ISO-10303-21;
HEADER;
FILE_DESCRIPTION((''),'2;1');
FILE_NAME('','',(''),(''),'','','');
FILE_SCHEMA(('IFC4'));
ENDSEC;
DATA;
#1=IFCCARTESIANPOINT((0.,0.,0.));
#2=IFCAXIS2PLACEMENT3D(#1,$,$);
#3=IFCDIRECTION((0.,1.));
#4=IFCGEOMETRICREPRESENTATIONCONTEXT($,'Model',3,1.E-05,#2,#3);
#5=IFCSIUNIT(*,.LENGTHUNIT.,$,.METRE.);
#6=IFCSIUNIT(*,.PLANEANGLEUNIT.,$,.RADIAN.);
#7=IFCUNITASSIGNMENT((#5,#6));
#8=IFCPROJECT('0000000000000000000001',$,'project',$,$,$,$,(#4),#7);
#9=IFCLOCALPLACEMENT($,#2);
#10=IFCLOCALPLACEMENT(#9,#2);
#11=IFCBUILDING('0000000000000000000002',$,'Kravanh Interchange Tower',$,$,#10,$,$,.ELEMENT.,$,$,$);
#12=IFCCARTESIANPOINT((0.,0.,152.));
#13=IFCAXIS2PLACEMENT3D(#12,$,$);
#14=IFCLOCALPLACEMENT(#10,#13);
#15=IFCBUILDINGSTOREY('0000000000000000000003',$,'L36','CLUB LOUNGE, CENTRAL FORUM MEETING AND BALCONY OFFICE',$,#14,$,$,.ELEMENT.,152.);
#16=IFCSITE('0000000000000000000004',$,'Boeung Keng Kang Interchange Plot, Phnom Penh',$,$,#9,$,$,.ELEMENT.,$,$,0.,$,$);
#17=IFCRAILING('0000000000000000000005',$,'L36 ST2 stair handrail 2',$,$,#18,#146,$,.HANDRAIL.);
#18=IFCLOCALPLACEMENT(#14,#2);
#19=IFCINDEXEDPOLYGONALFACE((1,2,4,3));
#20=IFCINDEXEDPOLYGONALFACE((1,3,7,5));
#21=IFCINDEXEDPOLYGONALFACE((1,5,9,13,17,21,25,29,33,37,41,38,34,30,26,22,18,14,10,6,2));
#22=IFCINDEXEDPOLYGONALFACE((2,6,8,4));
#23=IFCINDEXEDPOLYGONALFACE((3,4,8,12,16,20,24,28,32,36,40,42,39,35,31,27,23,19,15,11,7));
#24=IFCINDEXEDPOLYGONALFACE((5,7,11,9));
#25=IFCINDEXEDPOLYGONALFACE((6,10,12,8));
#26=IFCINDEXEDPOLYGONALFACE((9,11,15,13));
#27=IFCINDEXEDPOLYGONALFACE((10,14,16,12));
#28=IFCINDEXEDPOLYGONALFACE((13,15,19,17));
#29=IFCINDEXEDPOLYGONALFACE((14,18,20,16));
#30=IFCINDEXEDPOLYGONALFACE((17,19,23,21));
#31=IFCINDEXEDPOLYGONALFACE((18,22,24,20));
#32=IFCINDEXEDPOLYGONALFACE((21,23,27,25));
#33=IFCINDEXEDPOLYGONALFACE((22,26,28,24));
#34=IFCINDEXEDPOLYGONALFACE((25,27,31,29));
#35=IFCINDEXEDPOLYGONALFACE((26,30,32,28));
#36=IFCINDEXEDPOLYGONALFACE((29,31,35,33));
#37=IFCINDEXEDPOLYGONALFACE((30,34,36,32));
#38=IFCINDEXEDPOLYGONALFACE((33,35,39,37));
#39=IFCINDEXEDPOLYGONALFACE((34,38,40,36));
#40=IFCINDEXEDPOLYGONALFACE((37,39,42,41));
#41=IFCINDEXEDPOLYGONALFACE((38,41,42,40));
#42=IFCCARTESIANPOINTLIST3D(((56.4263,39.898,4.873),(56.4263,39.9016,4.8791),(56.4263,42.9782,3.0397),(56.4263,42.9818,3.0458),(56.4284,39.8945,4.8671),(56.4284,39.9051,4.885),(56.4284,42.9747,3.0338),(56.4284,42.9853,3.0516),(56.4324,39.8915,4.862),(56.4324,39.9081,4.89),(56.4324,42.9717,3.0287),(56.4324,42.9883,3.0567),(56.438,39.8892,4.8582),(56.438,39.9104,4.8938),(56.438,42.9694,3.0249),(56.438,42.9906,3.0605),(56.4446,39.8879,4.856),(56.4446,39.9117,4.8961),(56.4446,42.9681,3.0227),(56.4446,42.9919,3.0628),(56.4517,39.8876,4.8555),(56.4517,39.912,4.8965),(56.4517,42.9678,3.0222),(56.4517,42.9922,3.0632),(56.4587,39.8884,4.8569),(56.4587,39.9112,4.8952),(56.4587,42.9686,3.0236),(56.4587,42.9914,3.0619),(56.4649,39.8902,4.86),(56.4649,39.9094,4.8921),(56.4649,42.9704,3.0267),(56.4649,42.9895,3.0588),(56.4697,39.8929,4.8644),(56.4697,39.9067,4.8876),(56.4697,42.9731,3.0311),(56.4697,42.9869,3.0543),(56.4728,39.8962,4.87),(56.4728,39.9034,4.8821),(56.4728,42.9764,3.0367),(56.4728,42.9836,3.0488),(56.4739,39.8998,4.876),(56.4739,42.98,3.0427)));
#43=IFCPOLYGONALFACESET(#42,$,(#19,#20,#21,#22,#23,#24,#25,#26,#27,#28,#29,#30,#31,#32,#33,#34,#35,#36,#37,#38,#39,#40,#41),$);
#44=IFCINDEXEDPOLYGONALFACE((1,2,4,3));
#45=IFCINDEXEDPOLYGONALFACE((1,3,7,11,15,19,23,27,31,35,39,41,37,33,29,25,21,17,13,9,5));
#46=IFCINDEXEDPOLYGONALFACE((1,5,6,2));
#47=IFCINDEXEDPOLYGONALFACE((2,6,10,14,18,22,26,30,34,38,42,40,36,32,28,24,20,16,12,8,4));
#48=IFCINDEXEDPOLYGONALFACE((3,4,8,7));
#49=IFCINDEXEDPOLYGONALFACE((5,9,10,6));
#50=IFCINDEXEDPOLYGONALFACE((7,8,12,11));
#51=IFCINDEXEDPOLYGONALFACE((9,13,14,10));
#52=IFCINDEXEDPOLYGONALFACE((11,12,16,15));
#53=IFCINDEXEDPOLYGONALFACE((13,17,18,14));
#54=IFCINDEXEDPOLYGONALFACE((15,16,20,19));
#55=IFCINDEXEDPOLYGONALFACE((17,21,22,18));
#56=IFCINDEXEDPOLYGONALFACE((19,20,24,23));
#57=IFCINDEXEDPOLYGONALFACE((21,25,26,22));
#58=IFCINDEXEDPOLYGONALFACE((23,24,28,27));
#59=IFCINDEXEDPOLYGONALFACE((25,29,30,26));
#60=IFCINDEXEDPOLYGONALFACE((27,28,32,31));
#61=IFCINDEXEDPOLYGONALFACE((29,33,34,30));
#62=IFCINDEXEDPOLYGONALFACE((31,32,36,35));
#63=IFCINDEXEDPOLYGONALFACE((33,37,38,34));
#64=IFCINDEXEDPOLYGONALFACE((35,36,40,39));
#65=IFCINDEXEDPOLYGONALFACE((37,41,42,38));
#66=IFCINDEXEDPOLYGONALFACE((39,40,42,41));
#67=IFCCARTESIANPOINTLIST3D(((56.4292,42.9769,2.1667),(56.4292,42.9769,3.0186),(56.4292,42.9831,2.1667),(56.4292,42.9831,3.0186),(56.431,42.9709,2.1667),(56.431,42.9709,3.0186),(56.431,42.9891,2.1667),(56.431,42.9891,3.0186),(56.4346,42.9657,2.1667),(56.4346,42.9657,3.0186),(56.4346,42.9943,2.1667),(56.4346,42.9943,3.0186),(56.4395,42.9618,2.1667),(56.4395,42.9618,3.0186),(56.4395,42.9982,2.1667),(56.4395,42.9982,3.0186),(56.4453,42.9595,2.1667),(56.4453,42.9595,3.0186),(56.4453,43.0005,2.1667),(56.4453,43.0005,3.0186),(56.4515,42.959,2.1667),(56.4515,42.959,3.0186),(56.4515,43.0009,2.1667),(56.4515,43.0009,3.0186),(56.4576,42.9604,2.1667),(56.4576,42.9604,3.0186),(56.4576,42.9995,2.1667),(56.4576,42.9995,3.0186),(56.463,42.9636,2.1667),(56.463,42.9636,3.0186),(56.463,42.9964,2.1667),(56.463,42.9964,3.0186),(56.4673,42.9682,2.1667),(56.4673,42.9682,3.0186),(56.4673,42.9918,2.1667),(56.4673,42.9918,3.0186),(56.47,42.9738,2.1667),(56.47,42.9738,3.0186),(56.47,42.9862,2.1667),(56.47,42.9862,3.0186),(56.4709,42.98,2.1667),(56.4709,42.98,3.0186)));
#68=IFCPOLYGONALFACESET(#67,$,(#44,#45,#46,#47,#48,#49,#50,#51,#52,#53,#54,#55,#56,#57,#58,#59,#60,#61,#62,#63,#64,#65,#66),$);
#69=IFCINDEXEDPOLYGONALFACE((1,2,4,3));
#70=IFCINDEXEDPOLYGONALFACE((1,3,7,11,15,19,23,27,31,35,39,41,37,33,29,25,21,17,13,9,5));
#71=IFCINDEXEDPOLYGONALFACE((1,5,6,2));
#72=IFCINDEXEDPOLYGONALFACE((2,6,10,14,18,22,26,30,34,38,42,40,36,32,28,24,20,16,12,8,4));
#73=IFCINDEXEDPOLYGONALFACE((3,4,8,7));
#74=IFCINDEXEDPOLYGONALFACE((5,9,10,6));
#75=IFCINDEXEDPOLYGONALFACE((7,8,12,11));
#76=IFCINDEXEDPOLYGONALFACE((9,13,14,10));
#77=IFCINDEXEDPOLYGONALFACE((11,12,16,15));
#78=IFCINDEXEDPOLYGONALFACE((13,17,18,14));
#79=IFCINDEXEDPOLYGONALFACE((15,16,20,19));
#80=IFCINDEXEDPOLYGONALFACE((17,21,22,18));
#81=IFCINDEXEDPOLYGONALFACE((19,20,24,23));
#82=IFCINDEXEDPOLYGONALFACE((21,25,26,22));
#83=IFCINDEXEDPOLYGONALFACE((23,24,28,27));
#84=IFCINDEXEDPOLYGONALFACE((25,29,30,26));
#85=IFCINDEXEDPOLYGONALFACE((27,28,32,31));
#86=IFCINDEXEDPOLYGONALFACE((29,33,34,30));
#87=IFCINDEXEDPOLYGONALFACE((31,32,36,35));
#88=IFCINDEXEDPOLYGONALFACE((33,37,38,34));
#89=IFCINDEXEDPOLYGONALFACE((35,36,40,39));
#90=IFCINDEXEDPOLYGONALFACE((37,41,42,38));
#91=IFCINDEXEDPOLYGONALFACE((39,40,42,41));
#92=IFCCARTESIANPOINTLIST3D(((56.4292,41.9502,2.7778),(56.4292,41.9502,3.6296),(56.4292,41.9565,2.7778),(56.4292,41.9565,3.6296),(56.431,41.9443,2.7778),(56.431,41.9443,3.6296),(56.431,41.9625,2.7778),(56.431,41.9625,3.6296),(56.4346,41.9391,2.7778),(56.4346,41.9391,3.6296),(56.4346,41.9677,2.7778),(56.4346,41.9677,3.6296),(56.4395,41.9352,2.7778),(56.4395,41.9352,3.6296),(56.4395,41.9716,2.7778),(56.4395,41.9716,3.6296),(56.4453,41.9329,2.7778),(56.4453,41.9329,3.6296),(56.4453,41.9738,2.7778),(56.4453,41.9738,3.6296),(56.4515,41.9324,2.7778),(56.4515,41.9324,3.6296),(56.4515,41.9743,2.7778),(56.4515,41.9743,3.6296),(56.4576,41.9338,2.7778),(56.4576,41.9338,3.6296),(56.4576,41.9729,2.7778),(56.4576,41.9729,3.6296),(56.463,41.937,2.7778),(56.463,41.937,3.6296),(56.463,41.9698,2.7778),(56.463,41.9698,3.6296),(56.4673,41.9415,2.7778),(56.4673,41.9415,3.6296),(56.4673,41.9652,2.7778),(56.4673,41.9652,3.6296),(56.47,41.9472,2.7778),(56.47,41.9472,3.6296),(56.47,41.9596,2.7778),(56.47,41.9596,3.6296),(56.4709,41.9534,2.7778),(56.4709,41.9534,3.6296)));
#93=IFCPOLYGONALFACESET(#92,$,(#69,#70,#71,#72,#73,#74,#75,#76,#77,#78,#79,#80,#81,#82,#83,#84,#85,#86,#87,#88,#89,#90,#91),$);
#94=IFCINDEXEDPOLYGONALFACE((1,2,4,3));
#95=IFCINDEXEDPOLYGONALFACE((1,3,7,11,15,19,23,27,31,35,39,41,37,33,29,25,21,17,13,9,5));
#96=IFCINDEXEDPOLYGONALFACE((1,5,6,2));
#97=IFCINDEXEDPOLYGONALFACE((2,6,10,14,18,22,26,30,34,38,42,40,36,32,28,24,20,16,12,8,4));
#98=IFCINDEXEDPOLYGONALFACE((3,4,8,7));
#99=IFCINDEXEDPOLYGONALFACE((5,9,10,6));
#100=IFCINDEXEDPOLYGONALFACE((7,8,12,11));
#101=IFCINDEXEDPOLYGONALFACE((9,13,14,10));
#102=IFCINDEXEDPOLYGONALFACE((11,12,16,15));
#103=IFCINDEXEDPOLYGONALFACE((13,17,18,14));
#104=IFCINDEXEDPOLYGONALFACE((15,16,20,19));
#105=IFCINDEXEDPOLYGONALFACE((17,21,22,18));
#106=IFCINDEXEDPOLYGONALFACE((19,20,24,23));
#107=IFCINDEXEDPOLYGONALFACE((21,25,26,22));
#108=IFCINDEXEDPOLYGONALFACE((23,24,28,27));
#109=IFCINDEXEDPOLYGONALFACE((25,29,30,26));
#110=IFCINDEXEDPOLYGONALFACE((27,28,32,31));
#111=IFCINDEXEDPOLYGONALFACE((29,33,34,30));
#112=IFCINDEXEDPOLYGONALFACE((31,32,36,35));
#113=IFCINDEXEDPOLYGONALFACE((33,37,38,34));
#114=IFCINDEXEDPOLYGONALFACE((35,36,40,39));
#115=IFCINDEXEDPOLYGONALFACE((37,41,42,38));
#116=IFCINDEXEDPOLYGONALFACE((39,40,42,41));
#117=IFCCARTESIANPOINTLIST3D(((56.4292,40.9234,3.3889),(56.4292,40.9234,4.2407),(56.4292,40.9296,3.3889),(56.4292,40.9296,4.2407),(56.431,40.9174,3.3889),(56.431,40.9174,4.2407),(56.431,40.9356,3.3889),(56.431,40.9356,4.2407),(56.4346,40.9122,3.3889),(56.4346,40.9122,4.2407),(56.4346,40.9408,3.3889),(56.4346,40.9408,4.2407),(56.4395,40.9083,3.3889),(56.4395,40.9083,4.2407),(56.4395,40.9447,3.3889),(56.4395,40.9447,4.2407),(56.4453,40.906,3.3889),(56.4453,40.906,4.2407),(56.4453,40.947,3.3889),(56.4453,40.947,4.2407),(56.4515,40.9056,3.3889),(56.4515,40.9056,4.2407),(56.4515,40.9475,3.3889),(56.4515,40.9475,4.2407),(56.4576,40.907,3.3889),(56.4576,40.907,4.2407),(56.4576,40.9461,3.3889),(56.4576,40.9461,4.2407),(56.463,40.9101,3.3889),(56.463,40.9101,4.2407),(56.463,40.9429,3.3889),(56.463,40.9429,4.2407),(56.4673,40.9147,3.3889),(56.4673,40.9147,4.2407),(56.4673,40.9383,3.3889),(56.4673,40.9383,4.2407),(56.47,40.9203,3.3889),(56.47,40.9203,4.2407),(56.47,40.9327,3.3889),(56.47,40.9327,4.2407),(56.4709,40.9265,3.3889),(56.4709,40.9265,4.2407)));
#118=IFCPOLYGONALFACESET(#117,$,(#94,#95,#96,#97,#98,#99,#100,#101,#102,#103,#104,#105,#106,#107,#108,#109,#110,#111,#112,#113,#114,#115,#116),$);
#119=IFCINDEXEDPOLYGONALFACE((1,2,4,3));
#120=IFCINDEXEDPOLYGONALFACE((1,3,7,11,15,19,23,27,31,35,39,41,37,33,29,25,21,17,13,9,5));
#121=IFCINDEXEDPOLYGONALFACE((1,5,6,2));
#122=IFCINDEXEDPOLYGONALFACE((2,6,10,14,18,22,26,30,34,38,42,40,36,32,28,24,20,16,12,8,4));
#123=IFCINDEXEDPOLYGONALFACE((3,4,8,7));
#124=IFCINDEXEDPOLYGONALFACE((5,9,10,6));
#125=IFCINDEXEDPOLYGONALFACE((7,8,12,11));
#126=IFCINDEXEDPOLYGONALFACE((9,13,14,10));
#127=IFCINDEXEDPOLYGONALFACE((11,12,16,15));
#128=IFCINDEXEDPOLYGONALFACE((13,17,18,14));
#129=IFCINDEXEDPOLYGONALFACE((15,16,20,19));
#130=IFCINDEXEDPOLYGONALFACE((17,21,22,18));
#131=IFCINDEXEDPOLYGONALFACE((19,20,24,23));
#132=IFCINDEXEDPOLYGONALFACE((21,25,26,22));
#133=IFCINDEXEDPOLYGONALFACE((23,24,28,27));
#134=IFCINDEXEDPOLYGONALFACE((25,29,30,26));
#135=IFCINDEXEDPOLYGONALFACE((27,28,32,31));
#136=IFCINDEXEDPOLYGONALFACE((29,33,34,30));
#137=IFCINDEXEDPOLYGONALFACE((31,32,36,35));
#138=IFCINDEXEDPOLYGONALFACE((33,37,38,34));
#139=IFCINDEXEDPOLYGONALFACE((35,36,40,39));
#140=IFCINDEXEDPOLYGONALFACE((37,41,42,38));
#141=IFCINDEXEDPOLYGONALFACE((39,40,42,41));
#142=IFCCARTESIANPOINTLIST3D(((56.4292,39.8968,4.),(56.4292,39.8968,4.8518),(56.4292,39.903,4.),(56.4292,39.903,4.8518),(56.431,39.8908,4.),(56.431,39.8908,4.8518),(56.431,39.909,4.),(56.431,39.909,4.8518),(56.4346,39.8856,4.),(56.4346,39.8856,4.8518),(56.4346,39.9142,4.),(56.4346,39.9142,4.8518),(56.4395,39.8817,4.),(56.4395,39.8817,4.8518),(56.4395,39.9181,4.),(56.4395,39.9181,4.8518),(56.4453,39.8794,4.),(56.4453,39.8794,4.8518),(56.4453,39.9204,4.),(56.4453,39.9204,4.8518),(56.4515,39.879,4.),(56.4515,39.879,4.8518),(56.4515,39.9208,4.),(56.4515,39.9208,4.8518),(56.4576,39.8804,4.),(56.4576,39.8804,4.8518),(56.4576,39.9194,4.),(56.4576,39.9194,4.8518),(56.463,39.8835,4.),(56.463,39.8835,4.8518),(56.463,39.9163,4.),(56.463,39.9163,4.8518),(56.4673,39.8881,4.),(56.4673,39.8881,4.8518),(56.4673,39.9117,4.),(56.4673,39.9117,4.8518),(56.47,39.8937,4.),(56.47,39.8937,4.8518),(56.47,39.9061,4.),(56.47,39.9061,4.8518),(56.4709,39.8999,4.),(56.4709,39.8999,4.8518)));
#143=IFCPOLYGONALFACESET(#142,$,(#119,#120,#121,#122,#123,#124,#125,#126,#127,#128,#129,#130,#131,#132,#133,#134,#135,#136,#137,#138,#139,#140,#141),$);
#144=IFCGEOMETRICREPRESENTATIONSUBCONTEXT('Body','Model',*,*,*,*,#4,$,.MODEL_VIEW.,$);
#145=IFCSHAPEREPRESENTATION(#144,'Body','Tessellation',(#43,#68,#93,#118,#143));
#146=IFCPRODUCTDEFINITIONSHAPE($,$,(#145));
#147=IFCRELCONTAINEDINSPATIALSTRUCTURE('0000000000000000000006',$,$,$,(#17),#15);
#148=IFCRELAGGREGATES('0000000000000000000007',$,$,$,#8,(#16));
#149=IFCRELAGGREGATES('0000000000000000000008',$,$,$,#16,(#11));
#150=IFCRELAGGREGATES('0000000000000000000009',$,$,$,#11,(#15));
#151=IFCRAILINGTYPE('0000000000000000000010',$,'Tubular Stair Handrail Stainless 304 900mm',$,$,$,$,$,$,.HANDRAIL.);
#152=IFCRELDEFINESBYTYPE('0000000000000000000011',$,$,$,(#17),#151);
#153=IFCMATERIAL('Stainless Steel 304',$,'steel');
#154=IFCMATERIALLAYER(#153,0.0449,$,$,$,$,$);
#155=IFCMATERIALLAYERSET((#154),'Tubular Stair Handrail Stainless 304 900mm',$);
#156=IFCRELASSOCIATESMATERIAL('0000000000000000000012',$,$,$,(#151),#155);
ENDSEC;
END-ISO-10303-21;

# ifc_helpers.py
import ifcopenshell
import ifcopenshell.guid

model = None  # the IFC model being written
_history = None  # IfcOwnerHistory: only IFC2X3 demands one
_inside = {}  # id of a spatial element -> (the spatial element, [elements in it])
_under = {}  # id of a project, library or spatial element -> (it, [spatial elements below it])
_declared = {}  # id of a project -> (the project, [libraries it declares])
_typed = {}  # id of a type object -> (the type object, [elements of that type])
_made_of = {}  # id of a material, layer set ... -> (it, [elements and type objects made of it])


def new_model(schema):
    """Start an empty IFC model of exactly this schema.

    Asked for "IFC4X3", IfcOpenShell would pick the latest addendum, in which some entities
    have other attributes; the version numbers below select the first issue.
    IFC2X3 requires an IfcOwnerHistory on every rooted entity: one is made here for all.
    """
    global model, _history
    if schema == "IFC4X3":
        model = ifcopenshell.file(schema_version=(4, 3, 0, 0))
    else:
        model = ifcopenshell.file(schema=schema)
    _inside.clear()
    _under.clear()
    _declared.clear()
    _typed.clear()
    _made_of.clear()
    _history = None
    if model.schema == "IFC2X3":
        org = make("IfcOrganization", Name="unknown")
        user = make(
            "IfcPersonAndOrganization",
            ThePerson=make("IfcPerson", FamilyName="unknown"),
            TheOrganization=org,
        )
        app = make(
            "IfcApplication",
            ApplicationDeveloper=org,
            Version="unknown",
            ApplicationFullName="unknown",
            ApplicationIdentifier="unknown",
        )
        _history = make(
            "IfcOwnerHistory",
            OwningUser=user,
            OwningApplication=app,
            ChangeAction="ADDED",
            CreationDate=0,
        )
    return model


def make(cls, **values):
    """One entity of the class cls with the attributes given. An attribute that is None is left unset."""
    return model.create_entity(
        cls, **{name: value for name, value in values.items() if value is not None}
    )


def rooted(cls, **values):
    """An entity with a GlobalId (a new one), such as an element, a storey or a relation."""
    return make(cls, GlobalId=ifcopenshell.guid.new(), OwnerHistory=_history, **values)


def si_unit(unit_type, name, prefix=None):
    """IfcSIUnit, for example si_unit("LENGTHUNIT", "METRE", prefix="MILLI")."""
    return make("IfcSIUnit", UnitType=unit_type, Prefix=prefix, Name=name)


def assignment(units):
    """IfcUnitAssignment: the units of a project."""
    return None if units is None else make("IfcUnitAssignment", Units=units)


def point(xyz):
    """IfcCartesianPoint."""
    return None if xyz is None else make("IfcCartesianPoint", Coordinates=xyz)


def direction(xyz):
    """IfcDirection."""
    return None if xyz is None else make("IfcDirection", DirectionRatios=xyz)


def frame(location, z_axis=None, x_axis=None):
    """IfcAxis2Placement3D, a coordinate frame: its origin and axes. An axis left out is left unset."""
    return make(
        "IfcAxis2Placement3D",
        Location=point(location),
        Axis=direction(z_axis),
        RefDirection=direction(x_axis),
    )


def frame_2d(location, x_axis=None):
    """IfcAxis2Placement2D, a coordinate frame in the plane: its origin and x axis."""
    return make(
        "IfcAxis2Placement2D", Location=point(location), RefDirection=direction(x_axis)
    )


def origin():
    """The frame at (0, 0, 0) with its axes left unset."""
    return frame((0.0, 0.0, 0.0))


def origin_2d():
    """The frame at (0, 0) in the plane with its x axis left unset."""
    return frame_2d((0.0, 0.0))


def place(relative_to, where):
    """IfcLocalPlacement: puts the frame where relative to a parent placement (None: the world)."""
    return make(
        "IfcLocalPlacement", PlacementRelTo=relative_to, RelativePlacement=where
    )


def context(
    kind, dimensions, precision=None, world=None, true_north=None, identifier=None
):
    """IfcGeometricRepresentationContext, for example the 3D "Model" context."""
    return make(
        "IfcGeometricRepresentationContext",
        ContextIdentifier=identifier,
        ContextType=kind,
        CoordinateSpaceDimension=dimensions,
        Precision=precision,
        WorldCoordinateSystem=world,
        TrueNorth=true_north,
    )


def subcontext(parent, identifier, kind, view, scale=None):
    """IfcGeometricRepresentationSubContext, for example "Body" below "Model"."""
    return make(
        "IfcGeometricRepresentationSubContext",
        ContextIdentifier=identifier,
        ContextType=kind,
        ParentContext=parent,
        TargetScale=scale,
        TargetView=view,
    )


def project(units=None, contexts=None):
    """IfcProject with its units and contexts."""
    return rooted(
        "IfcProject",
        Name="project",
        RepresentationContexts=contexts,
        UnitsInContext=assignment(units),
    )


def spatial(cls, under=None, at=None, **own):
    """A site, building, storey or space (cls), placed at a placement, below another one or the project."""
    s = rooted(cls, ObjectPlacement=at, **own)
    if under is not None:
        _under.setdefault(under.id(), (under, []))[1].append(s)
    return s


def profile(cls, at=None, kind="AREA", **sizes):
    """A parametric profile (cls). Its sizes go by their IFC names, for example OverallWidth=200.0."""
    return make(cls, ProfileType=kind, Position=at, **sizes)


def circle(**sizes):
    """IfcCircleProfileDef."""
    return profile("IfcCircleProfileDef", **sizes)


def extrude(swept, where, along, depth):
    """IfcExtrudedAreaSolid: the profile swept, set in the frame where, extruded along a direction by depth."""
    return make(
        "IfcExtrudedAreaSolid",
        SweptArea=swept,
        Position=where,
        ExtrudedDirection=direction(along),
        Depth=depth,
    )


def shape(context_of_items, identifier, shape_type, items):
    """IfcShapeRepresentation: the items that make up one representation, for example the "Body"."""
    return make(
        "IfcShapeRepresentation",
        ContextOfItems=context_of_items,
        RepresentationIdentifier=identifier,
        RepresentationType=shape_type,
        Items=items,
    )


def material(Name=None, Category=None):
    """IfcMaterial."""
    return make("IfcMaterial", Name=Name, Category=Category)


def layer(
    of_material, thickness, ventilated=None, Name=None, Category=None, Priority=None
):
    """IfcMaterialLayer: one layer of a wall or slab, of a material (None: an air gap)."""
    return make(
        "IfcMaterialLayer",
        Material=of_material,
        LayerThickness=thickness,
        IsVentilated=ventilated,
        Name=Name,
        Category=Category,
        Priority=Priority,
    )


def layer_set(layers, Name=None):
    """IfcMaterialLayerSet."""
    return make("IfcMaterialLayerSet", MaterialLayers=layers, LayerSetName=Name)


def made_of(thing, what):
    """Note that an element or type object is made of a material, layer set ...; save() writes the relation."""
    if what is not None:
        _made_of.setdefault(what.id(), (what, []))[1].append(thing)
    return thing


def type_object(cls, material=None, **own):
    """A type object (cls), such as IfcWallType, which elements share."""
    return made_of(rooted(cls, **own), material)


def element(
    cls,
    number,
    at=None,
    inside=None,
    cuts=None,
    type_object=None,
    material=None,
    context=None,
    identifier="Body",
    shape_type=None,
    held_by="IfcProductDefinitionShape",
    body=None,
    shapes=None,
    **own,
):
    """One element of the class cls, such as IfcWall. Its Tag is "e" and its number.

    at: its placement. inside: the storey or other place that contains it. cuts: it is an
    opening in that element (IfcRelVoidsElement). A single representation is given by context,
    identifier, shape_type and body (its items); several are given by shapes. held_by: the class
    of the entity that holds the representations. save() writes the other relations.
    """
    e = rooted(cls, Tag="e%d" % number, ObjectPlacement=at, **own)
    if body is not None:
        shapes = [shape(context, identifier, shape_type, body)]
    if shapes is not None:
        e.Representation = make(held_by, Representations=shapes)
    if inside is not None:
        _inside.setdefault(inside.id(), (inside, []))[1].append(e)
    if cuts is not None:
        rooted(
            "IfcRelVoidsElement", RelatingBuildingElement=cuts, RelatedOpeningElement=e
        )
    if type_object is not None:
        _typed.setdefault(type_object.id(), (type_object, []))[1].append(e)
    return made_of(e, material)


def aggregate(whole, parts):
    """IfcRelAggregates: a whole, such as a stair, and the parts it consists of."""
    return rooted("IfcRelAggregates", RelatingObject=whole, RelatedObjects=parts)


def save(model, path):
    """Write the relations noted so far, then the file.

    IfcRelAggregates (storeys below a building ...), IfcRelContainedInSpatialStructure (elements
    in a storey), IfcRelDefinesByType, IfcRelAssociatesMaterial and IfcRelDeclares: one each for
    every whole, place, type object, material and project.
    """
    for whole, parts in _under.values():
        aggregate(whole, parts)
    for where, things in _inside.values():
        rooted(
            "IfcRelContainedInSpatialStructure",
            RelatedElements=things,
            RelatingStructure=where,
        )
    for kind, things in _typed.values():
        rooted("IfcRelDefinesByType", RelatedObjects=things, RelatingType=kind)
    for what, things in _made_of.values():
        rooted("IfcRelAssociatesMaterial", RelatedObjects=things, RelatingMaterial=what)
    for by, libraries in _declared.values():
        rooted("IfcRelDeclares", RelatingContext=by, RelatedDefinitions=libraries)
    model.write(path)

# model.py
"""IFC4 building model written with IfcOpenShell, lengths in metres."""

from ifc_helpers import new_model, si_unit, direction, frame, origin, origin_2d, place, context, subcontext, project, spatial, circle, extrude, material, layer, layer_set, type_object, element, save


model = new_model("IFC4")

# Units and contexts
model_context = context("Model", 3, precision=1e-05, world=origin(), true_north=direction((0.0, 1.0)))
body_context = subcontext(model_context, "Body", "Model", "MODEL_VIEW")
ifc_project = project(units=[si_unit("LENGTHUNIT", "METRE"), si_unit("PLANEANGLEUNIT", "RADIAN")], contexts=[model_context])

# Site, building, storey
site_placement = place(None, origin())
site = spatial("IfcSite", under=ifc_project, at=site_placement, Name="Boeung Keng Kang Interchange Plot, Phnom Penh", CompositionType="ELEMENT", RefElevation=0.0)
building_placement = place(site_placement, origin())
building = spatial("IfcBuilding", under=site, at=building_placement, Name="Kravanh Interchange Tower", CompositionType="ELEMENT")
storey_placement = place(building_placement, frame((0.0, 0.0, 152.0)))
storey = spatial("IfcBuildingStorey", under=building, at=storey_placement, Name="L36", Description="CLUB LOUNGE, CENTRAL FORUM MEETING AND BALCONY OFFICE", CompositionType="ELEMENT", Elevation=152.0)

# Railing
ifc_material_1 = material(Name="Stainless Steel 304", Category="steel")
ifc_layer_1 = layer(ifc_material_1, 0.0449)
ifc_layer_set_1 = layer_set([ifc_layer_1], Name="Tubular Stair Handrail Stainless 304 900mm")
railing_type_1 = type_object("IfcRailingType", Name="Tubular Stair Handrail Stainless 304 900mm", PredefinedType="HANDRAIL", material=ifc_layer_set_1)
railing_1_placement = place(storey_placement, frame((56.45, 42.98, 2.1667)))
element("IfcRailing", 1, at=railing_1_placement, inside=storey, type_object=railing_type_1, Name="L36 ST2 stair handrail 2", PredefinedType="HANDRAIL", context=body_context, shape_type="SweptSolid", body=[
    extrude(circle(Radius=0.0239, at=origin_2d()), frame((0.0, 0.0, 0.876), z_axis=(0.0, -0.859309, 0.511458), x_axis=(1.0, 0.0, 0.0)), (0.0, 0.0, 1.0), 3.5845),
    extrude(circle(Radius=0.021, at=origin_2d()), origin(), (0.0, 0.0, 1.0), 0.8518),
    extrude(circle(Radius=0.021, at=origin_2d()), frame((0.0, -1.0266, 0.6111)), (0.0, 0.0, 1.0), 0.8518),
    extrude(circle(Radius=0.021, at=origin_2d()), frame((0.0, -2.0535, 1.2222)), (0.0, 0.0, 1.0), 0.8518),
    extrude(circle(Radius=0.021, at=origin_2d()), frame((0.0, -3.0801, 1.8333)), (0.0, 0.0, 1.0), 0.8518),
])

save(model, "model.ifc")
